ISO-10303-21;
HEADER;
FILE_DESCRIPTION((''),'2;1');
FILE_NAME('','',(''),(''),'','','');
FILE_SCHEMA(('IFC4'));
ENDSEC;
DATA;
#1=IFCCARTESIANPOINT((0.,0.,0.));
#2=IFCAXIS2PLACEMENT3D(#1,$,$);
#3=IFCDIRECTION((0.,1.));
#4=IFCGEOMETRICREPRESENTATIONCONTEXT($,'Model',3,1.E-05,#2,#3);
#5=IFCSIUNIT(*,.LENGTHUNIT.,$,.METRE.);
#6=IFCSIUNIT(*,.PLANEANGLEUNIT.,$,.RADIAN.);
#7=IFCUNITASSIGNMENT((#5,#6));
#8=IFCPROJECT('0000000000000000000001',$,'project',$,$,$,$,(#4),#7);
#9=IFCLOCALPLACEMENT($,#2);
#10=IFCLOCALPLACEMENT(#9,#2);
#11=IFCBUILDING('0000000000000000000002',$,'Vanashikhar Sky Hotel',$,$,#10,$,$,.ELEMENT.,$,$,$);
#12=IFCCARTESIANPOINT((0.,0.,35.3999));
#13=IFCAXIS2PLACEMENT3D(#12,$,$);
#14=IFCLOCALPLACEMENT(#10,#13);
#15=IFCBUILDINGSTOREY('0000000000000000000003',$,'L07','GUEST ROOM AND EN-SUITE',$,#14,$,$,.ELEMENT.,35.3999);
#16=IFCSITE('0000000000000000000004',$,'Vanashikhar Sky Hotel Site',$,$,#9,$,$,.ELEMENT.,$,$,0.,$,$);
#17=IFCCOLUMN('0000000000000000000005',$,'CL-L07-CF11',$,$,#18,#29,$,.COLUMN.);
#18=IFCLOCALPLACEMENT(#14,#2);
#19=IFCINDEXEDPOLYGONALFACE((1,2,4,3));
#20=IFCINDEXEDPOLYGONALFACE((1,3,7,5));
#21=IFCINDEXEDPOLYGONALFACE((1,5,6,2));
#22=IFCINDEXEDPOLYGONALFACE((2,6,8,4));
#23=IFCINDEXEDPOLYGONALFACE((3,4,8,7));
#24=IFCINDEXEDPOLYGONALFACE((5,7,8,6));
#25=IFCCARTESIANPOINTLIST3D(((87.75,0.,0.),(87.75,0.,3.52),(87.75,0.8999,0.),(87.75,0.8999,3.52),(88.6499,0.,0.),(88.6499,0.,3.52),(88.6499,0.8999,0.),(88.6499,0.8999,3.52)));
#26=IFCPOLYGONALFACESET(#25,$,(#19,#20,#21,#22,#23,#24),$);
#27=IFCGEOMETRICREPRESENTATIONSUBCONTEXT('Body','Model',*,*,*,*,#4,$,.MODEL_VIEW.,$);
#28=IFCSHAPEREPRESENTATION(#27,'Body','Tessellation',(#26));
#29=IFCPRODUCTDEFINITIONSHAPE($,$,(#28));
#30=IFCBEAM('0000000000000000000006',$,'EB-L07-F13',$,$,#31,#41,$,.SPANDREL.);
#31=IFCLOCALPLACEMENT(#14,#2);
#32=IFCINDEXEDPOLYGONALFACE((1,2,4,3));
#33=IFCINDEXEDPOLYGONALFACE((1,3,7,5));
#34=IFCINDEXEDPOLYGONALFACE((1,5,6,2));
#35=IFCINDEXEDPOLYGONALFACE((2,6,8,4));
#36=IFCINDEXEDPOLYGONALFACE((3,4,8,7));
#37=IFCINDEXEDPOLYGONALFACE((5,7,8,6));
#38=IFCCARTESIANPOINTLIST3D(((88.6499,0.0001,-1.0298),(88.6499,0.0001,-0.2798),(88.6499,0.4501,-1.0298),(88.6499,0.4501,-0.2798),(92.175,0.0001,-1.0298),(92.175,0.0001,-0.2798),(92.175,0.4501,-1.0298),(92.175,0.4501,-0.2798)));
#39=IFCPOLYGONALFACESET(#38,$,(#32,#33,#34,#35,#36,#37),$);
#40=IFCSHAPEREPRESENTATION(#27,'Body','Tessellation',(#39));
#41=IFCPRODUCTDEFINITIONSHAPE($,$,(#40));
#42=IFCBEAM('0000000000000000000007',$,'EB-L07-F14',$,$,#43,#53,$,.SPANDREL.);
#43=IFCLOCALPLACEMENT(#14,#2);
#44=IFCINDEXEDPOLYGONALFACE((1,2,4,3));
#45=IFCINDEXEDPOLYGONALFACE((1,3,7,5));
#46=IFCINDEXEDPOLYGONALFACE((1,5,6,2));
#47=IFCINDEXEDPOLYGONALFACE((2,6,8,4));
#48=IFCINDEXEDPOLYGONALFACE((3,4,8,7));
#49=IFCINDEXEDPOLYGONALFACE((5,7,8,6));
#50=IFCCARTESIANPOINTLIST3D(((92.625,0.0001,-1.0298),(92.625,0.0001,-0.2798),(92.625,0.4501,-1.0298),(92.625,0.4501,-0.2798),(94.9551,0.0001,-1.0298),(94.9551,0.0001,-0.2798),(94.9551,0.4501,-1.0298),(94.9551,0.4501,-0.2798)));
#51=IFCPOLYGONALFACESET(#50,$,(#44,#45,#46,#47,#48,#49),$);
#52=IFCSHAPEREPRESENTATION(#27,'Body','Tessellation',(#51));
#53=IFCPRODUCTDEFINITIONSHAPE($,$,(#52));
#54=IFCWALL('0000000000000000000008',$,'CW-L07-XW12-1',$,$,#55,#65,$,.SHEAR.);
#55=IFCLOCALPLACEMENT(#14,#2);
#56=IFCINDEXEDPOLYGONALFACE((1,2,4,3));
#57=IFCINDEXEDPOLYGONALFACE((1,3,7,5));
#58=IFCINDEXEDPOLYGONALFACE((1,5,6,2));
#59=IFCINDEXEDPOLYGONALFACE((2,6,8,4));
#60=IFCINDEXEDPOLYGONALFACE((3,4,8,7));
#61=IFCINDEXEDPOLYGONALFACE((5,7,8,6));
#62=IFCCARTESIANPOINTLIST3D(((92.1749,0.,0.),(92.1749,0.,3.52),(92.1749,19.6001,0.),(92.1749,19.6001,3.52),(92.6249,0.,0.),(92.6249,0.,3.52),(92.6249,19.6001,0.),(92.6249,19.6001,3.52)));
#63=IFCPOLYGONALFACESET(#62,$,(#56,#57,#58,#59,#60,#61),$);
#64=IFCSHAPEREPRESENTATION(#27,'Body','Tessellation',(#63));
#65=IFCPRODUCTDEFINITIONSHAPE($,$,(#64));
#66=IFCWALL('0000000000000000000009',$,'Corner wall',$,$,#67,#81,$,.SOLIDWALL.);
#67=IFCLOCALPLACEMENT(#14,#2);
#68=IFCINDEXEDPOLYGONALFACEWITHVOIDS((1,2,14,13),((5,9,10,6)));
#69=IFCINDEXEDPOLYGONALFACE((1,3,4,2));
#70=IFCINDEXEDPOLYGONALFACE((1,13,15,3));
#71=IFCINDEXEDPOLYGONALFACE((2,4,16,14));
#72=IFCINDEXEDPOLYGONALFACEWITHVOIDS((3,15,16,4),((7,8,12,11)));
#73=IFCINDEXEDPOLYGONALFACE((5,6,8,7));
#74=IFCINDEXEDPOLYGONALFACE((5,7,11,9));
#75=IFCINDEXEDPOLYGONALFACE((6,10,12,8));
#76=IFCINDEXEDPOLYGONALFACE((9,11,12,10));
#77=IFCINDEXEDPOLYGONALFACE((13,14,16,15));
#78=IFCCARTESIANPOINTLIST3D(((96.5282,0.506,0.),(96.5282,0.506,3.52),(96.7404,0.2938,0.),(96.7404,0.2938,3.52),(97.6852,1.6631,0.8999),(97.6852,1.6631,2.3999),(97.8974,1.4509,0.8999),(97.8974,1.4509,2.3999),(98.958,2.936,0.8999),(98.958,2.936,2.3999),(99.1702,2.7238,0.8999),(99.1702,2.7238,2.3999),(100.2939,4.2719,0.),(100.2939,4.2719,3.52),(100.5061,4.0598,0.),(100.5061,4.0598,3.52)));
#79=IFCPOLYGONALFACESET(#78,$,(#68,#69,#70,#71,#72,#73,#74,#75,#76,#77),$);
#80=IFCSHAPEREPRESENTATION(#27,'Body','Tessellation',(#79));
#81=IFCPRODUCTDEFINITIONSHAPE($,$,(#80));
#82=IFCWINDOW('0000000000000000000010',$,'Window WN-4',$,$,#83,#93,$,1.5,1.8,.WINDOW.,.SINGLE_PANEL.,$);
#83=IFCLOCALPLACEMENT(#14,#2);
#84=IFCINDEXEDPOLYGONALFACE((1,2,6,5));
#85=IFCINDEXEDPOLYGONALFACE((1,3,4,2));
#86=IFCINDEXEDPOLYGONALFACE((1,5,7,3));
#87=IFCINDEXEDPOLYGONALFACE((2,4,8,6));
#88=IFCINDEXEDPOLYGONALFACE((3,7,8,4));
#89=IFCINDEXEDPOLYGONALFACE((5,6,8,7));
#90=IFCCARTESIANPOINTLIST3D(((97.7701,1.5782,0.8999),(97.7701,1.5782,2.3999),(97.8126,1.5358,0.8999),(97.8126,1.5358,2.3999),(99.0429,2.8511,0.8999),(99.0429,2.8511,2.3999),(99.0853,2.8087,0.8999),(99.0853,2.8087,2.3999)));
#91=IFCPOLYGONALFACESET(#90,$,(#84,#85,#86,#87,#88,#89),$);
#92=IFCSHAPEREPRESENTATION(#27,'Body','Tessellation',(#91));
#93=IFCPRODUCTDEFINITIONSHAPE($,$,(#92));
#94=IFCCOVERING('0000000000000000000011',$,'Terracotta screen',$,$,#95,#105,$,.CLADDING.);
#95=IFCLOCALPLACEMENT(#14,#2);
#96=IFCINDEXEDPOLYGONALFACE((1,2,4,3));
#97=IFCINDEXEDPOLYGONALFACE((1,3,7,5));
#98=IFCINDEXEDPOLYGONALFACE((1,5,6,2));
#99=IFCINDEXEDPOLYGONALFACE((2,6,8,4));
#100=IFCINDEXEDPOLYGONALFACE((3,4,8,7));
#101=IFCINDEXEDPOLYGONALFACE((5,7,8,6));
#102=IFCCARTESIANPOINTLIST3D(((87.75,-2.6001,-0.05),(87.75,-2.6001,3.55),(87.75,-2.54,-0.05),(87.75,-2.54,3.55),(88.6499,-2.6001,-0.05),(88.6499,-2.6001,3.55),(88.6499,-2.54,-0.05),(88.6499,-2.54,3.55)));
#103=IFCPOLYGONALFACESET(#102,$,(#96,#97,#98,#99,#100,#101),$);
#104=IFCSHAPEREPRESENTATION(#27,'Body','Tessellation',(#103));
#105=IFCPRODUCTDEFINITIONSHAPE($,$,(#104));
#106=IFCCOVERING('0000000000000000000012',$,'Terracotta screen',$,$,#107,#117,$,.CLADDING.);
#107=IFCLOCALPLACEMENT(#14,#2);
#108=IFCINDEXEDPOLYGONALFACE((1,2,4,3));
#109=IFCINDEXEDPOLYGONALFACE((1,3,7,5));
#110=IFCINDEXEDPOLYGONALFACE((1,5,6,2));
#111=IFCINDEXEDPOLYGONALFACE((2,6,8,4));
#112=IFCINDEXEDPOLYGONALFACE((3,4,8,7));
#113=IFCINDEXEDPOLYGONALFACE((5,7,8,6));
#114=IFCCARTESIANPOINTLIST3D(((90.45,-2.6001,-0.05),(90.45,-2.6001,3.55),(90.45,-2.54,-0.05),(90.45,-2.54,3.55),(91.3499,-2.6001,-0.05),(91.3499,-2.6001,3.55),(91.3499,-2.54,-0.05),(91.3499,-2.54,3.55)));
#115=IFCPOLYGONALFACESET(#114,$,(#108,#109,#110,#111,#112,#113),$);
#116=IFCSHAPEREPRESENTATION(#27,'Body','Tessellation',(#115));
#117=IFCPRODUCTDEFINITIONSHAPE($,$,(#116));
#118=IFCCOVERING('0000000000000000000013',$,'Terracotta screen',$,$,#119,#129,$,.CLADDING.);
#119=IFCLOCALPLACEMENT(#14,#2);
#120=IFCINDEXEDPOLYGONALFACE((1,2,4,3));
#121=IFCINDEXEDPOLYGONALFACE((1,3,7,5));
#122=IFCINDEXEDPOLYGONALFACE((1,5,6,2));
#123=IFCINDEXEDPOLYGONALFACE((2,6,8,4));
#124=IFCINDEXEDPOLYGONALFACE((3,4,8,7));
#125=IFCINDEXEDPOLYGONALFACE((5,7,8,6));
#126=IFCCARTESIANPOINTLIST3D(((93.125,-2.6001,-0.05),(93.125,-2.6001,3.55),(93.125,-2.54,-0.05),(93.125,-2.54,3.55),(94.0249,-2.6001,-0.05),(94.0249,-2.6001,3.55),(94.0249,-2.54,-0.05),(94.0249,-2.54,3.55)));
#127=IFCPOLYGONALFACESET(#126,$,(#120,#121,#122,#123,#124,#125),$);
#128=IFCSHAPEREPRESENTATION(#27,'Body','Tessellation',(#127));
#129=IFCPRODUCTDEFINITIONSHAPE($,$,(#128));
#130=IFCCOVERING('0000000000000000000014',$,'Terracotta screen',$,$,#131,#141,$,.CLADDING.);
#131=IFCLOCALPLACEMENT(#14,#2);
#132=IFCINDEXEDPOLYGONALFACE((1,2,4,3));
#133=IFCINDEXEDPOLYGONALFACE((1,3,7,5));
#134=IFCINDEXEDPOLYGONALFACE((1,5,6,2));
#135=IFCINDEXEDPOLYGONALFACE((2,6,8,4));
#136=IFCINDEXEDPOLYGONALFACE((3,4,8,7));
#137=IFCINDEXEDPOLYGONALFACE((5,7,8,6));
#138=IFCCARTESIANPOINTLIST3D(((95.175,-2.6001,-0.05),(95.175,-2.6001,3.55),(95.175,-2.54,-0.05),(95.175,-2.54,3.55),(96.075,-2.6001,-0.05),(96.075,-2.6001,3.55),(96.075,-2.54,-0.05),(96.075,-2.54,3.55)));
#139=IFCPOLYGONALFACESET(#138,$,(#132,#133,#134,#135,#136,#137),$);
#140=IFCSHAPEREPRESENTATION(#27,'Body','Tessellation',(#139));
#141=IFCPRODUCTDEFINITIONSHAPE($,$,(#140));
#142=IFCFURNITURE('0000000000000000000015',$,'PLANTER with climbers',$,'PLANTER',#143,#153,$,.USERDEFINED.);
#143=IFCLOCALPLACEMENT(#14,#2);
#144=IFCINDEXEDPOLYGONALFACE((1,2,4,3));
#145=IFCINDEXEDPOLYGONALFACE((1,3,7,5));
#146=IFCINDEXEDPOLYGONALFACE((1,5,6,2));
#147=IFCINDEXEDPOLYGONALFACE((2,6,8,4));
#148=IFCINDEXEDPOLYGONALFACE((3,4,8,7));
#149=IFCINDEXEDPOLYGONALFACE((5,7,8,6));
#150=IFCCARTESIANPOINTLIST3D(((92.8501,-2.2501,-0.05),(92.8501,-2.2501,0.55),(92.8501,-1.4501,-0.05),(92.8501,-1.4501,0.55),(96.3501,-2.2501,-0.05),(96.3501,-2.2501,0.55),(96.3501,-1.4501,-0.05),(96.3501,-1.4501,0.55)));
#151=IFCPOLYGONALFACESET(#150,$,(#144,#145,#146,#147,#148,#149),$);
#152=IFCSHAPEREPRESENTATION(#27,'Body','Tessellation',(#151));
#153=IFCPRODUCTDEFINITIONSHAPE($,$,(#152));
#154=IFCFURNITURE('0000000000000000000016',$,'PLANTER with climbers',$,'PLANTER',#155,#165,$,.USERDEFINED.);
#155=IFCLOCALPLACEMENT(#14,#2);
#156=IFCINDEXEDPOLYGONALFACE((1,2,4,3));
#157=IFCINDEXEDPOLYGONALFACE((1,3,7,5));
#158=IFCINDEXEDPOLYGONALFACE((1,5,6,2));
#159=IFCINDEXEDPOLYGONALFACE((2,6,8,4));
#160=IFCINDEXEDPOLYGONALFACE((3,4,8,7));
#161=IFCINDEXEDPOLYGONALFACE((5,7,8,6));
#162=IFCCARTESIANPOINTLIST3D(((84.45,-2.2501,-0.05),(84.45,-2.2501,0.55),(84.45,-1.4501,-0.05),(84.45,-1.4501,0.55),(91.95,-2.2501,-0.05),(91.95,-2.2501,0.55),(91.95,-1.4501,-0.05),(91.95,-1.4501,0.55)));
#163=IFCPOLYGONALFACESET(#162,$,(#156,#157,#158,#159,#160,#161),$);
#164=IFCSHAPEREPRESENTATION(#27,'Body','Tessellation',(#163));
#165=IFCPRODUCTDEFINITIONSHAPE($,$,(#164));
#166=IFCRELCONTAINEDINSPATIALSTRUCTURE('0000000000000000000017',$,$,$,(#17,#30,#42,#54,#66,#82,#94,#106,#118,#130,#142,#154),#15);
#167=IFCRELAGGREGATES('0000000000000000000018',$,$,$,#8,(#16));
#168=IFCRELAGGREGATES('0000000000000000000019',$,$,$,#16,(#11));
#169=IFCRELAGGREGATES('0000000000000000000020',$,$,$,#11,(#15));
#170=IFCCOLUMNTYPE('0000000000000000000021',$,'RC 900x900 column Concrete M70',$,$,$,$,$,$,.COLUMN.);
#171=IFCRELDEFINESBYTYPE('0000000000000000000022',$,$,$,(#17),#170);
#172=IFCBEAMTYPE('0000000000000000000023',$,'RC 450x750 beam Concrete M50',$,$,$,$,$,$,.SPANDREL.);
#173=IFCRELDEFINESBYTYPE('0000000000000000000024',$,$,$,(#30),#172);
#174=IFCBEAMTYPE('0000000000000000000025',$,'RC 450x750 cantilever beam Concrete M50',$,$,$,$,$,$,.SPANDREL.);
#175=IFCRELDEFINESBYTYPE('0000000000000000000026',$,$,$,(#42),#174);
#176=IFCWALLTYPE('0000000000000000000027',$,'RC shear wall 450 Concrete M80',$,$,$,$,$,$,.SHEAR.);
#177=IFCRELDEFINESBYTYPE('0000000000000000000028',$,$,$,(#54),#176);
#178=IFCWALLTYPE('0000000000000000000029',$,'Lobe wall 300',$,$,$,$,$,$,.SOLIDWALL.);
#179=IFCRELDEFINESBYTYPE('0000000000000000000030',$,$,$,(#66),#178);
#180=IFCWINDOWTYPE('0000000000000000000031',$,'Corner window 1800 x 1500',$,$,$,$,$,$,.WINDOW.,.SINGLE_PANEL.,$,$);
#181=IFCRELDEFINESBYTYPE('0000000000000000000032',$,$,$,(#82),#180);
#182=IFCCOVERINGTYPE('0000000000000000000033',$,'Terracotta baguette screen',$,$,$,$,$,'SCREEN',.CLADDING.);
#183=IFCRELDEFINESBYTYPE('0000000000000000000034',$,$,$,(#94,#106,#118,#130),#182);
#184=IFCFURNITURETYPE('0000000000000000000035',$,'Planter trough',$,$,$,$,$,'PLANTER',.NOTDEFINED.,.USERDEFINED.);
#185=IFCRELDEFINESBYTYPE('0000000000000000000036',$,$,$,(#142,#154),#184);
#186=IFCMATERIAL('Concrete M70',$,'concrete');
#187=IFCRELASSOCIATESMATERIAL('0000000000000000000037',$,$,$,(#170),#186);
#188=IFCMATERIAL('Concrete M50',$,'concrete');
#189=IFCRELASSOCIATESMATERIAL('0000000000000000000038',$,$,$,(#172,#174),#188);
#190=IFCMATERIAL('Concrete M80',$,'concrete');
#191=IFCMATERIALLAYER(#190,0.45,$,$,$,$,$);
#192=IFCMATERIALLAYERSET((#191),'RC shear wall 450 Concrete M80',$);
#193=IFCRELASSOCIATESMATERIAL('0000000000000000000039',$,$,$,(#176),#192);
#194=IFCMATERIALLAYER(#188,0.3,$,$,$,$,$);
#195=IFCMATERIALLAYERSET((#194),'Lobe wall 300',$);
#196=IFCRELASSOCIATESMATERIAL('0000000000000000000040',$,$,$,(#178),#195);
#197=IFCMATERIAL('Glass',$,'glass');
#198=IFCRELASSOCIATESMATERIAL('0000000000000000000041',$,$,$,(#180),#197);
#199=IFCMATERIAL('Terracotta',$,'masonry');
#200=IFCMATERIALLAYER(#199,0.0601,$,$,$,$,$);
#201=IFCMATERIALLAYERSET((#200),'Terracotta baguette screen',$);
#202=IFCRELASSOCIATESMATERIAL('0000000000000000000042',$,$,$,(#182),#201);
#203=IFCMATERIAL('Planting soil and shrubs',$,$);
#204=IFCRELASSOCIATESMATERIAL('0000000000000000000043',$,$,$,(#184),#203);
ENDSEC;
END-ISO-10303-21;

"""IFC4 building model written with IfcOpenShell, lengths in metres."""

from ifc_helpers import new_model, si_unit, direction, frame, frame_2d, origin, origin_2d, place, context, subcontext, project, spatial, rectangle, extrude, source, transform, mapped, material, layer, layer_set, material_profile, profile_set, type_object, element, fill, save


model = new_model("IFC4")

# Units and contexts
model_context = context("Model", 3, precision=1e-05, world=origin(), true_north=direction((0.0, 1.0)))
body_context = subcontext(model_context, "Body", "Model", "MODEL_VIEW")
ifc_project = project(units=[si_unit("LENGTHUNIT", "METRE"), si_unit("PLANEANGLEUNIT", "RADIAN")], contexts=[model_context])

# Site, building, storey
site_placement = place(None, origin())
site = spatial("IfcSite", under=ifc_project, at=site_placement, Name="Vanashikhar Sky Hotel Site", CompositionType="ELEMENT", RefElevation=0.0)
building_placement = place(site_placement, origin())
building = spatial("IfcBuilding", under=site, at=building_placement, Name="Vanashikhar Sky Hotel", CompositionType="ELEMENT")
storey_placement = place(building_placement, frame((0.0, 0.0, 35.3999)))
storey = spatial("IfcBuildingStorey", under=building, at=storey_placement, Name="L07", Description="GUEST ROOM AND EN-SUITE", CompositionType="ELEMENT", Elevation=35.3999)

# Column
ifc_material_1 = material(Name="Concrete M70", Category="concrete")
ifc_material_profile_1 = material_profile(ifc_material_1, rectangle(XDim=0.8999, YDim=0.8999, at=origin_2d()))
ifc_profile_set_1 = profile_set([ifc_material_profile_1], Name="RC 900x900 column Concrete M70")
column_type = type_object("IfcColumnType", Name="RC 900x900 column Concrete M70", PredefinedType="COLUMN", material=ifc_profile_set_1)
shared_shape_1 = source(origin(), body_context, "Body", "SweptSolid", [
    extrude(rectangle(XDim=0.8999, YDim=0.8999, at=origin_2d()), origin(), (0.0, 0.0, 1.0), 3.52),
])
column_placement = place(storey_placement, frame((88.2, 0.45, 0.0), z_axis=(0.0, 0.0, 1.0), x_axis=(1.0, 0.0, 0.0)))
element("IfcColumn", 1, at=column_placement, inside=storey, type_object=column_type, Name="CL-L07-CF11", PredefinedType="COLUMN", context=body_context, shape_type="MappedRepresentation", body=[
    mapped(shared_shape_1, transform((0.0, 0.0, 0.0), scale=1.0)),
])

# Beams
ifc_material_2 = material(Name="Concrete M50", Category="concrete")
ifc_material_profile_2 = material_profile(ifc_material_2, rectangle(XDim=0.45, YDim=0.75, at=origin_2d()))
ifc_profile_set_2 = profile_set([ifc_material_profile_2], Name="RC 450x750 beam Concrete M50")
beam_type_1 = type_object("IfcBeamType", Name="RC 450x750 beam Concrete M50", PredefinedType="SPANDREL", material=ifc_profile_set_2)
shared_shape_2 = source(origin(), body_context, "Body", "SweptSolid", [
    extrude(rectangle(XDim=0.45, YDim=0.75, at=origin_2d()), origin(), (0.0, 0.0, 1.0), 3.5251),
])
beam_1_placement = place(storey_placement, frame((88.6499, 0.2251, -0.6548), z_axis=(1.0, 0.0, 0.0), x_axis=(0.0, 1.0, 0.0)))
element("IfcBeam", 2, at=beam_1_placement, inside=storey, type_object=beam_type_1, Name="EB-L07-F13", PredefinedType="SPANDREL", context=body_context, shape_type="MappedRepresentation", body=[
    mapped(shared_shape_2, transform((0.0, 0.0, 0.0), scale=1.0)),
])
ifc_material_profile_3 = material_profile(ifc_material_2, rectangle(XDim=0.45, YDim=0.75, at=origin_2d()))
ifc_profile_set_3 = profile_set([ifc_material_profile_3], Name="RC 450x750 cantilever beam Concrete M50")
beam_type_2 = type_object("IfcBeamType", Name="RC 450x750 cantilever beam Concrete M50", PredefinedType="SPANDREL", material=ifc_profile_set_3)
shared_shape_3 = source(origin(), body_context, "Body", "SweptSolid", [
    extrude(rectangle(XDim=0.45, YDim=0.75, at=origin_2d()), origin(), (0.0, 0.0, 1.0), 2.3301),
])
beam_2_placement = place(storey_placement, frame((92.625, 0.2251, -0.6548), z_axis=(1.0, 0.0, 0.0), x_axis=(0.0, 1.0, 0.0)))
element("IfcBeam", 3, at=beam_2_placement, inside=storey, type_object=beam_type_2, Name="EB-L07-F14", PredefinedType="SPANDREL", context=body_context, shape_type="MappedRepresentation", body=[
    mapped(shared_shape_3, transform((0.0, 0.0, 0.0), scale=1.0)),
])

# Wall
ifc_material_3 = material(Name="Concrete M80", Category="concrete")
ifc_layer_1 = layer(ifc_material_3, 0.45)
ifc_layer_set_1 = layer_set([ifc_layer_1], Name="RC shear wall 450 Concrete M80")
wall_type_1 = type_object("IfcWallType", Name="RC shear wall 450 Concrete M80", PredefinedType="SHEAR", material=ifc_layer_set_1)
shared_shape_4 = source(origin(), body_context, "Body", "SweptSolid", [
    extrude(rectangle(XDim=19.6001, YDim=0.45, at=frame_2d((9.8, 0.0))), origin(), (0.0, 0.0, 1.0), 3.52),
])
wall_1_placement = place(storey_placement, frame((92.3999, 0.0, 0.0), z_axis=(0.0, 0.0, 1.0), x_axis=(0.0, 1.0, 0.0)))
element("IfcWall", 4, at=wall_1_placement, inside=storey, type_object=wall_type_1, Name="CW-L07-XW12-1", PredefinedType="SHEAR", context=body_context, shape_type="MappedRepresentation", body=[
    mapped(shared_shape_4, transform((0.0, 0.0, 0.0), scale=1.0)),
])

# Shared definitions
ifc_material_4 = material(Name="Glass", Category="glass")

# Wall, opening, window
ifc_layer_2 = layer(ifc_material_2, 0.3)
ifc_layer_set_2 = layer_set([ifc_layer_2], Name="Lobe wall 300")
wall_type_2 = type_object("IfcWallType", Name="Lobe wall 300", PredefinedType="SOLIDWALL", material=ifc_layer_set_2)
shared_shape_5 = source(origin(), body_context, "Body", "SweptSolid", [
    extrude(rectangle(XDim=5.3257, YDim=0.3, at=frame_2d((2.6628, 0.0))), origin(), (0.0, 0.0, 1.0), 3.52),
])
wall_2_placement = place(storey_placement, frame((96.6343, 0.3999, 0.0), z_axis=(0.0, 0.0, 1.0), x_axis=(0.707084, 0.70713, 0.0)))
wall_2 = element("IfcWall", 5, at=wall_2_placement, inside=storey, type_object=wall_type_2, Name="Corner wall", PredefinedType="SOLIDWALL", context=body_context, shape_type="MappedRepresentation", body=[
    mapped(shared_shape_5, transform((0.0, 0.0, 0.0), scale=1.0)),
])
shared_shape_6 = source(origin(), body_context, "Body", "SweptSolid", [
    extrude(rectangle(XDim=1.8, YDim=1.5, at=frame_2d((0.8999, 0.75))), frame((0.0, 0.1602, 0.0), z_axis=(0.0, -1.0, 0.0), x_axis=(1.0, 0.0, 0.0)), (0.0, 0.0, 1.0), 0.3201),
])
opening_1_placement = place(wall_2_placement, frame((1.6365, 0.0, 0.8999)))
opening_1 = element("IfcOpeningElement", 6, at=opening_1_placement, cuts=wall_2, PredefinedType="OPENING", context=body_context, shape_type="MappedRepresentation", body=[
    mapped(shared_shape_6, transform((0.0, 0.0, 0.0), scale=1.0)),
])
window_type_1 = type_object("IfcWindowType", Name="Corner window 1800 x 1500", PartitioningType="SINGLE_PANEL", PredefinedType="WINDOW", material=ifc_material_4)
shared_shape_7 = source(origin(), body_context, "Body", "SweptSolid", [
    extrude(rectangle(XDim=1.8, YDim=1.5, at=frame_2d((0.8999, 0.75))), frame((0.0, 0.03, 0.0), z_axis=(0.0, -1.0, 0.0), x_axis=(1.0, 0.0, 0.0)), (0.0, 0.0, 1.0), 0.0601),
])
window_1_placement = place(opening_1_placement, origin())
window_1 = element("IfcWindow", 7, at=window_1_placement, inside=storey, type_object=window_type_1, Name="Window WN-4", OverallHeight=1.5, OverallWidth=1.8, PartitioningType="SINGLE_PANEL", PredefinedType="WINDOW", context=body_context, shape_type="MappedRepresentation", body=[
    mapped(shared_shape_7, transform((0.0, 0.0, 0.0), scale=1.0)),
])
fill(opening_1, window_1)

# Coverings
ifc_material_5 = material(Name="Terracotta", Category="masonry")
ifc_layer_3 = layer(ifc_material_5, 0.0601)
ifc_layer_set_3 = layer_set([ifc_layer_3], Name="Terracotta baguette screen")
covering_type = type_object("IfcCoveringType", Name="Terracotta baguette screen", ElementType="SCREEN", PredefinedType="CLADDING", material=ifc_layer_set_3)
shared_shape_8 = source(origin(), body_context, "Body", "SweptSolid", [
    extrude(rectangle(XDim=0.8999, YDim=0.0601, at=origin_2d()), origin(), (0.0, 0.0, 1.0), 3.6001),
])
for number, where, z_axis, x_axis, name in (
    (8, (88.2, -2.5701, -0.05), (0.0, 0.0, 1.0), (1.0, 0.0, 0.0), "Terracotta screen"),
    (9, (90.8999, -2.5701, -0.05), (0.0, 0.0, 1.0), (1.0, 0.0, 0.0), "Terracotta screen"),
    (10, (93.575, -2.5701, -0.05), (0.0, 0.0, 1.0), (1.0, 0.0, 0.0), "Terracotta screen"),
    (11, (95.625, -2.5701, -0.05), (0.0, 0.0, 1.0), (1.0, 0.0, 0.0), "Terracotta screen"),
):
    element("IfcCovering", number, at=place(storey_placement, frame(where, z_axis=z_axis, x_axis=x_axis)), inside=storey, type_object=covering_type, Name=name, PredefinedType="CLADDING", context=body_context, shape_type="MappedRepresentation", body=[
        mapped(shared_shape_8, transform((0.0, 0.0, 0.0), scale=1.0)),
    ])

# Furniture
ifc_material_6 = material(Name="Planting soil and shrubs")
furniture_type = type_object("IfcFurnitureType", Name="Planter trough", ElementType="PLANTER", AssemblyPlace="NOTDEFINED", PredefinedType="USERDEFINED", material=ifc_material_6)
shared_shape_9 = source(origin(), body_context, "Body", "SweptSolid", [
    extrude(rectangle(XDim=3.5, YDim=0.8, at=origin_2d()), origin(), (0.0, 0.0, 1.0), 0.6001),
])
furniture_1_placement = place(storey_placement, frame((94.6001, -1.8501, -0.05), z_axis=(0.0, 0.0, 1.0), x_axis=(1.0, 0.0, 0.0)))
element("IfcFurniture", 12, at=furniture_1_placement, inside=storey, type_object=furniture_type, Name="PLANTER with climbers", ObjectType="PLANTER", PredefinedType="USERDEFINED", context=body_context, shape_type="MappedRepresentation", body=[
    mapped(shared_shape_9, transform((0.0, 0.0, 0.0), scale=1.0)),
])
shared_shape_10 = source(origin(), body_context, "Body", "SweptSolid", [
    extrude(rectangle(XDim=7.5, YDim=0.8, at=origin_2d()), origin(), (0.0, 0.0, 1.0), 0.6001),
])
furniture_2_placement = place(storey_placement, frame((88.2, -1.8501, -0.05), z_axis=(0.0, 0.0, 1.0), x_axis=(1.0, 0.0, 0.0)))
element("IfcFurniture", 13, at=furniture_2_placement, inside=storey, type_object=furniture_type, Name="PLANTER with climbers", ObjectType="PLANTER", PredefinedType="USERDEFINED", context=body_context, shape_type="MappedRepresentation", body=[
    mapped(shared_shape_10, transform((0.0, 0.0, 0.0), scale=1.0)),
])

save(model, "model.ifc")
